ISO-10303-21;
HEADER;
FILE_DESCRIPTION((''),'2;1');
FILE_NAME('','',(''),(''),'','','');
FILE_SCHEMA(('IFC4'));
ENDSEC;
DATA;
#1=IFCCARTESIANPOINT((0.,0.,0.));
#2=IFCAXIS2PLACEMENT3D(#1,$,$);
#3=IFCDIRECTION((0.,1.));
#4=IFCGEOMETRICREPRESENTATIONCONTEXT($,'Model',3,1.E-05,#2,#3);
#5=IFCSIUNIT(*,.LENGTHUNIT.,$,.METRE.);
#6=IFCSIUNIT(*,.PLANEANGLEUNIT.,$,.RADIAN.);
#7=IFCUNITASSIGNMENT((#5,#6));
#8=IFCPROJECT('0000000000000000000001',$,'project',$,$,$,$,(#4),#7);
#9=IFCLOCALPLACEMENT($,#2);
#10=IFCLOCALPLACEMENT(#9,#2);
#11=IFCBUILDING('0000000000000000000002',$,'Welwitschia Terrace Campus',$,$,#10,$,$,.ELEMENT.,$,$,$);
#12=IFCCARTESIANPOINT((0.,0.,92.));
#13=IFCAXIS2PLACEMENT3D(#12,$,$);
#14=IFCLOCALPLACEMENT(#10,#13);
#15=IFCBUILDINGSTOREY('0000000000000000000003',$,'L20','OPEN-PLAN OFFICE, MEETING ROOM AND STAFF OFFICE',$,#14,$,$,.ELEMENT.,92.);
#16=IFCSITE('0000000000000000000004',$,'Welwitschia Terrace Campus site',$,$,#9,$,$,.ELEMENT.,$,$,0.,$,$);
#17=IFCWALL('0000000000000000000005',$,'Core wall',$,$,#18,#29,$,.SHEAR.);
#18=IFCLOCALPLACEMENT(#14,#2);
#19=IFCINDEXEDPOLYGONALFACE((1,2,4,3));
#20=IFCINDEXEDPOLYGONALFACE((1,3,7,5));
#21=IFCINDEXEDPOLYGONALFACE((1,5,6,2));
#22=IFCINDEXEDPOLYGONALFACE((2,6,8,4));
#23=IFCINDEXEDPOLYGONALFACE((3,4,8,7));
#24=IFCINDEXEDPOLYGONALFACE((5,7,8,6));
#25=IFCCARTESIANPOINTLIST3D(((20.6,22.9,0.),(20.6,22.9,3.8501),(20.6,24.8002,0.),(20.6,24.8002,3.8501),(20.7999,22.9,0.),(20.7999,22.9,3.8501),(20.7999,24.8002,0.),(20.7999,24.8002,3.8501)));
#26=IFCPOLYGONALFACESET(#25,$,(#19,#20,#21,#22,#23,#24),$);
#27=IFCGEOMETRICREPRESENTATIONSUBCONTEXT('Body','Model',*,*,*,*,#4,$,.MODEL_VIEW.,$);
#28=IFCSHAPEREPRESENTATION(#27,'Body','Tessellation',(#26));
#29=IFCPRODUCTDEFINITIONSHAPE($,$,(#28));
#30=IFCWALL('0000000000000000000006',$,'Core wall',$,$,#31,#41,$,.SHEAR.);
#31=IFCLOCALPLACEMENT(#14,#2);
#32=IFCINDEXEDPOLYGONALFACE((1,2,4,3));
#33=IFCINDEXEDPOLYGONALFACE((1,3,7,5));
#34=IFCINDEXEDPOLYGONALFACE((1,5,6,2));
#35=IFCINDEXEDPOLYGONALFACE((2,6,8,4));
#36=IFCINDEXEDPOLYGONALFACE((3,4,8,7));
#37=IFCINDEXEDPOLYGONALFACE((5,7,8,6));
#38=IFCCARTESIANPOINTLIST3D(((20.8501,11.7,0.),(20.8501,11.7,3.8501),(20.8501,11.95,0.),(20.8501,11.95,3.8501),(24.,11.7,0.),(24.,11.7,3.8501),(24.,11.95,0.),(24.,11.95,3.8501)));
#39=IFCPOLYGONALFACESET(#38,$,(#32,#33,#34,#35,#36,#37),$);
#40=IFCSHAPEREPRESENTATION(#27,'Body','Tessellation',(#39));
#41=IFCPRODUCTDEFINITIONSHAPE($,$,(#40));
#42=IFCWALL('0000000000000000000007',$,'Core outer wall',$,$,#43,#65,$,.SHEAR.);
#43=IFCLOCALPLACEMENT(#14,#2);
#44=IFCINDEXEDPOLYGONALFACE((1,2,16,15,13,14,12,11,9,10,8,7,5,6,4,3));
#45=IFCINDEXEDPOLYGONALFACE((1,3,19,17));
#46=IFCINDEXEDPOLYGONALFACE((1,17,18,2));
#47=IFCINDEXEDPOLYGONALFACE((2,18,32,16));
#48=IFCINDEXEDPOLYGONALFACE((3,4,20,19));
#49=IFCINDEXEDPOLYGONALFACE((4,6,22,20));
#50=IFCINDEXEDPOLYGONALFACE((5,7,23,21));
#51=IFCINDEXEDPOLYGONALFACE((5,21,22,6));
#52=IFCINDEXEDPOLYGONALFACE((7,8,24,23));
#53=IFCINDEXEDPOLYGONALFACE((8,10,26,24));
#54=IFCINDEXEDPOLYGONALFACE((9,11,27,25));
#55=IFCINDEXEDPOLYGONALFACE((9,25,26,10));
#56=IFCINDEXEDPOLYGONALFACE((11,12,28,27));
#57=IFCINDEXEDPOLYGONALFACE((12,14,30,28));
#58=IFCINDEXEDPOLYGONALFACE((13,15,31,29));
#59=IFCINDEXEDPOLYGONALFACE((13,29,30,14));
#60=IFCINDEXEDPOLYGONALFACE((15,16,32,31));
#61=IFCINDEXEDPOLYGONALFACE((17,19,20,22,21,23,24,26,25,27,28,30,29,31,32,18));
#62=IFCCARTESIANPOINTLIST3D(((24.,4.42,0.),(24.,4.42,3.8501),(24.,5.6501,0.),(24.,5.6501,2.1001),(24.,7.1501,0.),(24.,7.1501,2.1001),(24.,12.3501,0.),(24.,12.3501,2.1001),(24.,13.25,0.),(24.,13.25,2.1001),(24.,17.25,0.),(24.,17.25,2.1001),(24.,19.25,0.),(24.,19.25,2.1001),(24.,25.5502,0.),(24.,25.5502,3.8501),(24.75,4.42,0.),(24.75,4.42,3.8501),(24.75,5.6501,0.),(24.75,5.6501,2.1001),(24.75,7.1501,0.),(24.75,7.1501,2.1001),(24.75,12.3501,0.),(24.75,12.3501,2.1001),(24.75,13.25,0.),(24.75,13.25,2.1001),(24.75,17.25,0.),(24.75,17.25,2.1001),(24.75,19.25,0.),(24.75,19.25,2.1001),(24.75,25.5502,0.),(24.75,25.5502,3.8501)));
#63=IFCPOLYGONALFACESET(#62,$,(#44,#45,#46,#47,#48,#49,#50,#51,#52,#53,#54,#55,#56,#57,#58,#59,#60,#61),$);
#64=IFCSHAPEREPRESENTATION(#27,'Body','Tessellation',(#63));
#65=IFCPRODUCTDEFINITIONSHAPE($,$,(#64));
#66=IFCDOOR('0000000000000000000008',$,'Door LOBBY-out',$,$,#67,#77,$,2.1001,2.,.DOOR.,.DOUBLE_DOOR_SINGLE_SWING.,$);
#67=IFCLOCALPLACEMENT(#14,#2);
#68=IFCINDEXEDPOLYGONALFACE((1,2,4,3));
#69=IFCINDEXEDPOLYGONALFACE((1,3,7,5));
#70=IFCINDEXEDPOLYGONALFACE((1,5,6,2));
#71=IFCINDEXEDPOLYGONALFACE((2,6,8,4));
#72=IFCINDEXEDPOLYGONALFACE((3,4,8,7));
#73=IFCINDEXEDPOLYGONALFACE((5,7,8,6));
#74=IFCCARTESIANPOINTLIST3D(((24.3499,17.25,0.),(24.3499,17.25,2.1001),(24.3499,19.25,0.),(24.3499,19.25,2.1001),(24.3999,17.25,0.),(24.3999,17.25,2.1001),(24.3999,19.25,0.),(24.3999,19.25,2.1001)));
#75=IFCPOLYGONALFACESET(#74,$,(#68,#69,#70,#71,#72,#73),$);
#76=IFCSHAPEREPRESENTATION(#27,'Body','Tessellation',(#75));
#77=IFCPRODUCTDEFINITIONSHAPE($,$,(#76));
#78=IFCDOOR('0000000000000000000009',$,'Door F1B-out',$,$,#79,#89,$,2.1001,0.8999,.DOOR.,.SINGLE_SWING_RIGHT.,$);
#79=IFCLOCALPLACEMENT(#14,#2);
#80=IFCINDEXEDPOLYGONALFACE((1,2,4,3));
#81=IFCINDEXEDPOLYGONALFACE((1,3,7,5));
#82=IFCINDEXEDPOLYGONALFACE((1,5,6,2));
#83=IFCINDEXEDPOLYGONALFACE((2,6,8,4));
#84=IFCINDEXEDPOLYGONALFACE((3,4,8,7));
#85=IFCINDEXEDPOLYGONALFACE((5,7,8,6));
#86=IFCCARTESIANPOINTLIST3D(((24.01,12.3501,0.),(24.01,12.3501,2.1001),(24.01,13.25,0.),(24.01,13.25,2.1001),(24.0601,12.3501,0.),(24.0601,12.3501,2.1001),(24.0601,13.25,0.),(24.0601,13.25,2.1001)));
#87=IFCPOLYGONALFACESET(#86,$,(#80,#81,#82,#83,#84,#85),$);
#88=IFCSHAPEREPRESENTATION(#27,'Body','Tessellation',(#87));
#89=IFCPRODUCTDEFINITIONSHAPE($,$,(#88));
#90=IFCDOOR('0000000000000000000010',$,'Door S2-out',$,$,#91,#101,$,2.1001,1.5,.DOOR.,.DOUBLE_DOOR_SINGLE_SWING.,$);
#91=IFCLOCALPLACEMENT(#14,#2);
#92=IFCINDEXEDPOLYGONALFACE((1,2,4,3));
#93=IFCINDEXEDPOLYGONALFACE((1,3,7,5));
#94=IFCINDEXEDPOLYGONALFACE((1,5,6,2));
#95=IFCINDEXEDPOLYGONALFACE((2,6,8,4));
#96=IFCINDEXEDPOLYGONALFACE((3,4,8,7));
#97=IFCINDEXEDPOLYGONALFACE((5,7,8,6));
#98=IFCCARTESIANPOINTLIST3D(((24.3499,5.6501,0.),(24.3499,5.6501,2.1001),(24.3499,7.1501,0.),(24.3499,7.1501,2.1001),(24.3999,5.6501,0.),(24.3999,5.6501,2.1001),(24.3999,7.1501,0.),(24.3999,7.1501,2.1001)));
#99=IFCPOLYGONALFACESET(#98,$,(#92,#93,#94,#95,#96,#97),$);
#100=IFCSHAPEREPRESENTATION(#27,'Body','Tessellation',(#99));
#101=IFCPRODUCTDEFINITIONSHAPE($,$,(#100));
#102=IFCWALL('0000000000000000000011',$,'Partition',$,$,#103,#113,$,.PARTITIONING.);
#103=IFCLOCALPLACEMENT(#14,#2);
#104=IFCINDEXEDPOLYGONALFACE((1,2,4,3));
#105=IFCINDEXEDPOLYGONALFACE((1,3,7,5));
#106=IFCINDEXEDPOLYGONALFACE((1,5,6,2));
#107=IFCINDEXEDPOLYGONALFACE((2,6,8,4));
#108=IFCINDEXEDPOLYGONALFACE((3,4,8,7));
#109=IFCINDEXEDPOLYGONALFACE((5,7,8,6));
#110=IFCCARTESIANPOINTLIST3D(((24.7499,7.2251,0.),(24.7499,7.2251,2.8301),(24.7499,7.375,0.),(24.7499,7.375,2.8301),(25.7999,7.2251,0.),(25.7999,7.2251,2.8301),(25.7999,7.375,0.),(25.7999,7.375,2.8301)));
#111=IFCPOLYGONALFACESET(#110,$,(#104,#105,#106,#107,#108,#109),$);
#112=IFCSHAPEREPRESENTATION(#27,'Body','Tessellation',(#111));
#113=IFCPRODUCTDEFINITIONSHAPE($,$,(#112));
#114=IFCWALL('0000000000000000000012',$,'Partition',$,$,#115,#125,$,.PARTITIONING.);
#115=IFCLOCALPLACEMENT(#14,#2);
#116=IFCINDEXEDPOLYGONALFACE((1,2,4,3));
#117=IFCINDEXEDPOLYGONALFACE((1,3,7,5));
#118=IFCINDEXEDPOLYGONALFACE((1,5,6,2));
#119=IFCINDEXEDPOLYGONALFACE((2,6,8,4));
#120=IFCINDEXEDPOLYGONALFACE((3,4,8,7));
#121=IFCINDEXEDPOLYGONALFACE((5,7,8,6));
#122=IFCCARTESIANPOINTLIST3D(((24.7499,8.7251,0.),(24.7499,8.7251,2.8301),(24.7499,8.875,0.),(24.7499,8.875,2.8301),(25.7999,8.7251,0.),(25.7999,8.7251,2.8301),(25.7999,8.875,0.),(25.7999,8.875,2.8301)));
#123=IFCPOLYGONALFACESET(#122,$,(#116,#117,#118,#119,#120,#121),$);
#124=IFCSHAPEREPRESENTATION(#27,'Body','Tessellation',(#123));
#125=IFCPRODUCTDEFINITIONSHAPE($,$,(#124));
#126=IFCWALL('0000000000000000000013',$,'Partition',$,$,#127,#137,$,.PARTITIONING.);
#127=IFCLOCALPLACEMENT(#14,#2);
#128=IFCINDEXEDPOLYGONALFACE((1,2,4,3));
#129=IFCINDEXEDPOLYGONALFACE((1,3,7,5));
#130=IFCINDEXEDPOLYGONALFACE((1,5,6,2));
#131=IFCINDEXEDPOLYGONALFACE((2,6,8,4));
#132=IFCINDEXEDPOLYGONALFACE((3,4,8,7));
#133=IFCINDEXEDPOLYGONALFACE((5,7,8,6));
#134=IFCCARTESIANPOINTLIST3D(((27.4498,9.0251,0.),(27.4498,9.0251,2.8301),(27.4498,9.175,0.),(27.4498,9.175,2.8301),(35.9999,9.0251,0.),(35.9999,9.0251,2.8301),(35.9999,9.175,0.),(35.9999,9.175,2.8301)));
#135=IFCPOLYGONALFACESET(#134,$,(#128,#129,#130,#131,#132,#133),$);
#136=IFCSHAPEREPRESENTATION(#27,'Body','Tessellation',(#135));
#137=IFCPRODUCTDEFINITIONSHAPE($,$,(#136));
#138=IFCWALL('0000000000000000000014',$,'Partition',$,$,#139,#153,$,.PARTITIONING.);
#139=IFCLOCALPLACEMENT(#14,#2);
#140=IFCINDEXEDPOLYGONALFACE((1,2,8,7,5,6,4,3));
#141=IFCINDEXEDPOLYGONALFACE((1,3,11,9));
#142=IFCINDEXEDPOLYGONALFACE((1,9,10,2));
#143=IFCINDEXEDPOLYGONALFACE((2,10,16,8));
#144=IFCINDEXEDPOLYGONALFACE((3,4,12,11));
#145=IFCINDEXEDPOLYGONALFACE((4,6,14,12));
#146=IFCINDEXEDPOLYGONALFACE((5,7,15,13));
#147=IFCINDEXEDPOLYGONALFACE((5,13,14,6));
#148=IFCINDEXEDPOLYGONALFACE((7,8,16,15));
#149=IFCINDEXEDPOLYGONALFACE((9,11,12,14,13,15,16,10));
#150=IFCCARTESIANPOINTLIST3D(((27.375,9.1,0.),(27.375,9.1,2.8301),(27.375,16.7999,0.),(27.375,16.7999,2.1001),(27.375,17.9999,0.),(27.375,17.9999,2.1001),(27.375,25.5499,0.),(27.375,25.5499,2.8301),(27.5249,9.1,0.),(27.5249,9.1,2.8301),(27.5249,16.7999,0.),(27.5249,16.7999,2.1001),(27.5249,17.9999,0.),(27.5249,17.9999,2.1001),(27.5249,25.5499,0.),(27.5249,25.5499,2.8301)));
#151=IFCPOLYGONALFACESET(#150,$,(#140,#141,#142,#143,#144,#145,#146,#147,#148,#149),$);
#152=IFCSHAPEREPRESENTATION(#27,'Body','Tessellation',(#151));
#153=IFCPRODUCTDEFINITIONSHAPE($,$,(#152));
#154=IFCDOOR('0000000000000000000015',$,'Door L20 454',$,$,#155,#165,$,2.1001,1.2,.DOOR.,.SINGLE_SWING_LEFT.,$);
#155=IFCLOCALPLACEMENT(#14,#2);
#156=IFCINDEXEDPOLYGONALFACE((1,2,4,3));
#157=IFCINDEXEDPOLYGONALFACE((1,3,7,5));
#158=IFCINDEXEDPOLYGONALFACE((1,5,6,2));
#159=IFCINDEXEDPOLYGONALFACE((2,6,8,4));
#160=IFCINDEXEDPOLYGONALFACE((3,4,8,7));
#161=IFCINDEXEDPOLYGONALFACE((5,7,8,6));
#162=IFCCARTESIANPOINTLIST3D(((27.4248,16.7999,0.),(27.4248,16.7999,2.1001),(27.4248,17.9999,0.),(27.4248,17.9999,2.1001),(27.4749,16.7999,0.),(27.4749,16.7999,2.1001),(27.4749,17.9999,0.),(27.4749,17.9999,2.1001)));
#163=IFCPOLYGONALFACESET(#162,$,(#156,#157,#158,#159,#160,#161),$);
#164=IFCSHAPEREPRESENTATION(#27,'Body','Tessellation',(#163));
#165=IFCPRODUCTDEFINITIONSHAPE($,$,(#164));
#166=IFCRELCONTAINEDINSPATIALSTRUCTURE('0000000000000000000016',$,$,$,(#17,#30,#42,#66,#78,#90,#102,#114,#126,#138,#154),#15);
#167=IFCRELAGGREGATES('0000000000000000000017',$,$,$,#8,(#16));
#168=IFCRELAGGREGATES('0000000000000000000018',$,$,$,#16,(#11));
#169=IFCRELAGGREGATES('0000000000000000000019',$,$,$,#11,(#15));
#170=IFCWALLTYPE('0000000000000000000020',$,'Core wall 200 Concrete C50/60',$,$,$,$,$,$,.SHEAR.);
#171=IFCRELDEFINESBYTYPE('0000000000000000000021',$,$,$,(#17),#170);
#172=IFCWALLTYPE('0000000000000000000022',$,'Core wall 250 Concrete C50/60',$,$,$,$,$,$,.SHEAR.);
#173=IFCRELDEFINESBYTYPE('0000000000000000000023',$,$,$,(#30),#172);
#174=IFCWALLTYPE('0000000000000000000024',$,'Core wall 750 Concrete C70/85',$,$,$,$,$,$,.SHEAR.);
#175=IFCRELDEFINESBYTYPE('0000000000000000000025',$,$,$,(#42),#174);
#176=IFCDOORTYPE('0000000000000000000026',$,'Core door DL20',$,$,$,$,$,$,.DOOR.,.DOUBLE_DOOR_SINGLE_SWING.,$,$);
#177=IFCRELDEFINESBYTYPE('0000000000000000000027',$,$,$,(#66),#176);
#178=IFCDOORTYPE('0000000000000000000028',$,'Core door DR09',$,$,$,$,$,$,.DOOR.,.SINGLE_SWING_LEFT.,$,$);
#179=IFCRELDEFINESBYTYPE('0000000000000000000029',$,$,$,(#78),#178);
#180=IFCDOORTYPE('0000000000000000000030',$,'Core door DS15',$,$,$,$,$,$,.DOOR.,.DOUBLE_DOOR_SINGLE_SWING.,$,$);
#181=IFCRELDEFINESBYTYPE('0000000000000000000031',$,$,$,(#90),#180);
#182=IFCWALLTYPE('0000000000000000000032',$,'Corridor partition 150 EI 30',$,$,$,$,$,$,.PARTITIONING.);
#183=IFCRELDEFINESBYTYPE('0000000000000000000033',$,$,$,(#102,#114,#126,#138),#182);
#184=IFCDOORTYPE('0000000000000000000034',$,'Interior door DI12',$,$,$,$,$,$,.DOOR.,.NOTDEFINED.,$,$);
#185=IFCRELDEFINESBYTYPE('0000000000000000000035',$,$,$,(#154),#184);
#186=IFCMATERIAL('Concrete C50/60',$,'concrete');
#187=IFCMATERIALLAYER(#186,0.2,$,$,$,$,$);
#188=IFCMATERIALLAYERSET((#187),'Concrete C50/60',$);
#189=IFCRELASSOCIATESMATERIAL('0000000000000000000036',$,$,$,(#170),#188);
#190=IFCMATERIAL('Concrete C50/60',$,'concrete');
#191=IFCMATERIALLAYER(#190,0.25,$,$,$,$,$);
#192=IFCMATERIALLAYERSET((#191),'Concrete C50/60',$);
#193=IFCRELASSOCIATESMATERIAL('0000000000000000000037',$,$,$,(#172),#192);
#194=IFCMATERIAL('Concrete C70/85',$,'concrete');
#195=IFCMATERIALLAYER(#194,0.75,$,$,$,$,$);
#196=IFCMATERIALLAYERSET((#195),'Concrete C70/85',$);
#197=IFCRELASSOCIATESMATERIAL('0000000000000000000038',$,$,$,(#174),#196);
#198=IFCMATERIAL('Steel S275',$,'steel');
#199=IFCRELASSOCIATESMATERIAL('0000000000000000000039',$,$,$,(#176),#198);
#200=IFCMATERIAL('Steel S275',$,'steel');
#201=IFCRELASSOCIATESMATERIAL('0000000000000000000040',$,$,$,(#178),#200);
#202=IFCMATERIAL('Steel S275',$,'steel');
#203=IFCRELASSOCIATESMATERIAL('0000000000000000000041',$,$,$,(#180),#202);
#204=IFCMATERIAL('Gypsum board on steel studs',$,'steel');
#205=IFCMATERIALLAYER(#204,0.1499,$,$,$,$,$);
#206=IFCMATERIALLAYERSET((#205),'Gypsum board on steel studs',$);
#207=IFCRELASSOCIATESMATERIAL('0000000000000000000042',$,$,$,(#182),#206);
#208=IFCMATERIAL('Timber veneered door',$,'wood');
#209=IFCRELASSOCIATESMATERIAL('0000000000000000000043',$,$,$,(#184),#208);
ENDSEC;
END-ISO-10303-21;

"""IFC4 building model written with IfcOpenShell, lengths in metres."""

from ifc_helpers import new_model, si_unit, direction, frame, frame_2d, origin, place, context, subcontext, project, spatial, rectangle, extrude, material, layer, layer_set, type_object, element, fill, save


model = new_model("IFC4")

# Units and contexts
model_context = context("Model", 3, precision=1e-05, world=origin(), true_north=direction((0.0, 1.0)))
body_context = subcontext(model_context, "Body", "Model", "MODEL_VIEW")
ifc_project = project(units=[si_unit("LENGTHUNIT", "METRE"), si_unit("PLANEANGLEUNIT", "RADIAN")], contexts=[model_context])

# Site, building, storey
site_placement = place(None, origin())
site = spatial("IfcSite", under=ifc_project, at=site_placement, Name="Welwitschia Terrace Campus site", CompositionType="ELEMENT", RefElevation=0.0)
building_placement = place(site_placement, origin())
building = spatial("IfcBuilding", under=site, at=building_placement, Name="Welwitschia Terrace Campus", CompositionType="ELEMENT")
storey_placement = place(building_placement, frame((0.0, 0.0, 92.0)))
storey = spatial("IfcBuildingStorey", under=building, at=storey_placement, Name="L20", Description="OPEN-PLAN OFFICE, MEETING ROOM AND STAFF OFFICE", CompositionType="ELEMENT", Elevation=92.0)

# Walls
ifc_material_1 = material(Name="Concrete C50/60", Category="concrete")
ifc_layer_1 = layer(ifc_material_1, 0.2)
ifc_layer_set_1 = layer_set([ifc_layer_1], Name="Concrete C50/60")
wall_type_1 = type_object("IfcWallType", Name="Core wall 200 Concrete C50/60", PredefinedType="SHEAR", material=ifc_layer_set_1)
wall_1_placement = place(storey_placement, frame((20.7, 22.8999, 0.0), z_axis=(0.0, 0.0, 1.0), x_axis=(0.0, 1.0, 0.0)))
element("IfcWall", 1, at=wall_1_placement, inside=storey, type_object=wall_type_1, Name="Core wall", PredefinedType="SHEAR", context=body_context, shape_type="SweptSolid", body=[
    extrude(rectangle(XDim=1.9001, YDim=0.2, at=frame_2d((0.9502, 0.0))), origin(), (0.0, 0.0, 1.0), 3.8501),
])
ifc_material_2 = material(Name="Concrete C50/60", Category="concrete")
ifc_layer_2 = layer(ifc_material_2, 0.25)
ifc_layer_set_2 = layer_set([ifc_layer_2], Name="Concrete C50/60")
wall_type_2 = type_object("IfcWallType", Name="Core wall 250 Concrete C50/60", PredefinedType="SHEAR", material=ifc_layer_set_2)
wall_2_placement = place(storey_placement, frame((20.8501, 11.825, 0.0), z_axis=(0.0, 0.0, 1.0), x_axis=(1.0, 0.0, 0.0)))
element("IfcWall", 2, at=wall_2_placement, inside=storey, type_object=wall_type_2, Name="Core wall", PredefinedType="SHEAR", context=body_context, shape_type="SweptSolid", body=[
    extrude(rectangle(XDim=3.1499, YDim=0.25, at=frame_2d((1.575, 0.0))), origin(), (0.0, 0.0, 1.0), 3.8501),
])

# Wall, openings, doors
ifc_material_3 = material(Name="Concrete C70/85", Category="concrete")
ifc_layer_3 = layer(ifc_material_3, 0.75)
ifc_layer_set_3 = layer_set([ifc_layer_3], Name="Concrete C70/85")
wall_type_3 = type_object("IfcWallType", Name="Core wall 750 Concrete C70/85", PredefinedType="SHEAR", material=ifc_layer_set_3)
wall_3_placement = place(storey_placement, frame((24.375, 25.55, 0.0), z_axis=(0.0, 0.0, 1.0), x_axis=(0.0, -1.0, 0.0)))
wall_3 = element("IfcWall", 3, at=wall_3_placement, inside=storey, type_object=wall_type_3, Name="Core outer wall", PredefinedType="SHEAR", context=body_context, shape_type="SweptSolid", body=[
    extrude(rectangle(XDim=21.1301, YDim=0.75, at=frame_2d((10.5649, 0.0))), origin(), (0.0, 0.0, 1.0), 3.8501),
])
opening_1_placement = place(wall_3_placement, frame((18.3999, 0.0, 0.0)))
opening_1 = element("IfcOpeningElement", 4, at=opening_1_placement, cuts=wall_3, PredefinedType="OPENING", context=body_context, shape_type="SweptSolid", body=[
    extrude(rectangle(XDim=1.5, YDim=2.1001, at=frame_2d((0.75, 1.05))), frame((0.0, 0.385, 0.0), z_axis=(0.0, -1.0, 0.0), x_axis=(1.0, 0.0, 0.0)), (0.0, 0.0, 1.0), 0.77),
])
opening_2_placement = place(wall_3_placement, frame((12.3, 0.0, 0.0)))
opening_2 = element("IfcOpeningElement", 5, at=opening_2_placement, cuts=wall_3, PredefinedType="OPENING", context=body_context, shape_type="SweptSolid", body=[
    extrude(rectangle(XDim=0.8999, YDim=2.1001, at=frame_2d((0.45, 1.05))), frame((0.0, 0.385, 0.0), z_axis=(0.0, -1.0, 0.0), x_axis=(1.0, 0.0, 0.0)), (0.0, 0.0, 1.0), 0.77),
])
opening_3_placement = place(wall_3_placement, frame((6.3, 0.0, 0.0)))
opening_3 = element("IfcOpeningElement", 6, at=opening_3_placement, cuts=wall_3, PredefinedType="OPENING", context=body_context, shape_type="SweptSolid", body=[
    extrude(rectangle(XDim=2.0, YDim=2.1001, at=frame_2d((1.0, 1.05))), frame((0.0, 0.385, 0.0), z_axis=(0.0, -1.0, 0.0), x_axis=(1.0, 0.0, 0.0)), (0.0, 0.0, 1.0), 0.77),
])
ifc_material_4 = material(Name="Steel S275", Category="steel")
door_type_1 = type_object("IfcDoorType", Name="Core door DL20", OperationType="DOUBLE_DOOR_SINGLE_SWING", PredefinedType="DOOR", material=ifc_material_4)
door_1_placement = place(opening_3_placement, origin())
door_1 = element("IfcDoor", 7, at=door_1_placement, inside=storey, type_object=door_type_1, Name="Door LOBBY-out", OperationType="DOUBLE_DOOR_SINGLE_SWING", OverallHeight=2.1001, OverallWidth=2.0, PredefinedType="DOOR", context=body_context, shape_type="SweptSolid", body=[
    extrude(rectangle(XDim=2.0, YDim=2.1001, at=frame_2d((1.0, 1.05))), frame((0.0, 0.0249, 0.0), z_axis=(0.0, -1.0, 0.0), x_axis=(1.0, 0.0, 0.0)), (0.0, 0.0, 1.0), 0.05),
])
fill(opening_3, door_1)
ifc_material_5 = material(Name="Steel S275", Category="steel")
door_type_2 = type_object("IfcDoorType", Name="Core door DR09", OperationType="SINGLE_SWING_LEFT", PredefinedType="DOOR", material=ifc_material_5)
door_2_placement = place(opening_2_placement, origin())
door_2 = element("IfcDoor", 8, at=door_2_placement, inside=storey, type_object=door_type_2, Name="Door F1B-out", OperationType="SINGLE_SWING_RIGHT", OverallHeight=2.1001, OverallWidth=0.8999, PredefinedType="DOOR", context=body_context, shape_type="SweptSolid", body=[
    extrude(rectangle(XDim=0.8999, YDim=2.1001, at=frame_2d((0.45, 1.05))), frame((0.0, -0.3149, 0.0), z_axis=(0.0, -1.0, 0.0), x_axis=(1.0, 0.0, 0.0)), (0.0, 0.0, 1.0), 0.05),
])
fill(opening_2, door_2)
ifc_material_6 = material(Name="Steel S275", Category="steel")
door_type_3 = type_object("IfcDoorType", Name="Core door DS15", OperationType="DOUBLE_DOOR_SINGLE_SWING", PredefinedType="DOOR", material=ifc_material_6)
door_3_placement = place(opening_1_placement, origin())
door_3 = element("IfcDoor", 9, at=door_3_placement, inside=storey, type_object=door_type_3, Name="Door S2-out", OperationType="DOUBLE_DOOR_SINGLE_SWING", OverallHeight=2.1001, OverallWidth=1.5, PredefinedType="DOOR", context=body_context, shape_type="SweptSolid", body=[
    extrude(rectangle(XDim=1.5, YDim=2.1001, at=frame_2d((0.75, 1.05))), frame((0.0, 0.0249, 0.0), z_axis=(0.0, -1.0, 0.0), x_axis=(1.0, 0.0, 0.0)), (0.0, 0.0, 1.0), 0.05),
])
fill(opening_1, door_3)

# Walls
ifc_material_7 = material(Name="Gypsum board on steel studs", Category="steel")
ifc_layer_4 = layer(ifc_material_7, 0.1499)
ifc_layer_set_4 = layer_set([ifc_layer_4], Name="Gypsum board on steel studs")
wall_type_4 = type_object("IfcWallType", Name="Corridor partition 150 EI 30", PredefinedType="PARTITIONING", material=ifc_layer_set_4)
for number, where, z_axis, x_axis, name in (
    (10, (24.75, 7.3, 0.0), (0.0, 0.0, 1.0), (1.0, 0.0, 0.0), "Partition"),
    (11, (24.75, 8.8, 0.0), (0.0, 0.0, 1.0), (1.0, 0.0, 0.0), "Partition"),
):
    element("IfcWall", number, at=place(storey_placement, frame(where, z_axis=z_axis, x_axis=x_axis)), inside=storey, type_object=wall_type_4, Name=name, PredefinedType="PARTITIONING", context=body_context, shape_type="SweptSolid", body=[
        extrude(rectangle(XDim=1.05, YDim=0.1499, at=frame_2d((0.5249, 0.0))), origin(), (0.0, 0.0, 1.0), 2.8301),
    ])
wall_4_placement = place(storey_placement, frame((27.45, 9.1001, 0.0), z_axis=(0.0, 0.0, 1.0), x_axis=(1.0, 0.0, 0.0)))
element("IfcWall", 12, at=wall_4_placement, inside=storey, type_object=wall_type_4, Name="Partition", PredefinedType="PARTITIONING", context=body_context, shape_type="SweptSolid", body=[
    extrude(rectangle(XDim=8.55, YDim=0.1499, at=frame_2d((4.2749, 0.0))), origin(), (0.0, 0.0, 1.0), 2.8301),
])

# Wall, opening, door
wall_5_placement = place(storey_placement, frame((27.45, 25.55, 0.0), z_axis=(0.0, 0.0, 1.0), x_axis=(0.0, -1.0, 0.0)))
wall_5 = element("IfcWall", 13, at=wall_5_placement, inside=storey, type_object=wall_type_4, Name="Partition", PredefinedType="PARTITIONING", context=body_context, shape_type="SweptSolid", body=[
    extrude(rectangle(XDim=16.45, YDim=0.1499, at=frame_2d((8.2251, 0.0))), origin(), (0.0, 0.0, 1.0), 2.8301),
])
opening_4_placement = place(wall_5_placement, frame((7.55, 0.0, 0.0)))
opening_4 = element("IfcOpeningElement", 14, at=opening_4_placement, cuts=wall_5, PredefinedType="OPENING", context=body_context, shape_type="SweptSolid", body=[
    extrude(rectangle(XDim=1.2, YDim=2.1001, at=frame_2d((0.6001, 1.05))), frame((0.0, 0.085, 0.0), z_axis=(0.0, -1.0, 0.0), x_axis=(1.0, 0.0, 0.0)), (0.0, 0.0, 1.0), 0.1699),
])
ifc_material_8 = material(Name="Timber veneered door", Category="wood")
door_type_4 = type_object("IfcDoorType", Name="Interior door DI12", OperationType="NOTDEFINED", PredefinedType="DOOR", material=ifc_material_8)
door_4_placement = place(opening_4_placement, origin())
door_4 = element("IfcDoor", 15, at=door_4_placement, inside=storey, type_object=door_type_4, Name="Door L20 454", OperationType="SINGLE_SWING_LEFT", OverallHeight=2.1001, OverallWidth=1.2, PredefinedType="DOOR", context=body_context, shape_type="SweptSolid", body=[
    extrude(rectangle(XDim=1.2, YDim=2.1001, at=frame_2d((0.6001, 1.05))), frame((0.0, 0.0249, 0.0), z_axis=(0.0, -1.0, 0.0), x_axis=(1.0, 0.0, 0.0)), (0.0, 0.0, 1.0), 0.05),
])
fill(opening_4, door_4)

save(model, "model.ifc")
